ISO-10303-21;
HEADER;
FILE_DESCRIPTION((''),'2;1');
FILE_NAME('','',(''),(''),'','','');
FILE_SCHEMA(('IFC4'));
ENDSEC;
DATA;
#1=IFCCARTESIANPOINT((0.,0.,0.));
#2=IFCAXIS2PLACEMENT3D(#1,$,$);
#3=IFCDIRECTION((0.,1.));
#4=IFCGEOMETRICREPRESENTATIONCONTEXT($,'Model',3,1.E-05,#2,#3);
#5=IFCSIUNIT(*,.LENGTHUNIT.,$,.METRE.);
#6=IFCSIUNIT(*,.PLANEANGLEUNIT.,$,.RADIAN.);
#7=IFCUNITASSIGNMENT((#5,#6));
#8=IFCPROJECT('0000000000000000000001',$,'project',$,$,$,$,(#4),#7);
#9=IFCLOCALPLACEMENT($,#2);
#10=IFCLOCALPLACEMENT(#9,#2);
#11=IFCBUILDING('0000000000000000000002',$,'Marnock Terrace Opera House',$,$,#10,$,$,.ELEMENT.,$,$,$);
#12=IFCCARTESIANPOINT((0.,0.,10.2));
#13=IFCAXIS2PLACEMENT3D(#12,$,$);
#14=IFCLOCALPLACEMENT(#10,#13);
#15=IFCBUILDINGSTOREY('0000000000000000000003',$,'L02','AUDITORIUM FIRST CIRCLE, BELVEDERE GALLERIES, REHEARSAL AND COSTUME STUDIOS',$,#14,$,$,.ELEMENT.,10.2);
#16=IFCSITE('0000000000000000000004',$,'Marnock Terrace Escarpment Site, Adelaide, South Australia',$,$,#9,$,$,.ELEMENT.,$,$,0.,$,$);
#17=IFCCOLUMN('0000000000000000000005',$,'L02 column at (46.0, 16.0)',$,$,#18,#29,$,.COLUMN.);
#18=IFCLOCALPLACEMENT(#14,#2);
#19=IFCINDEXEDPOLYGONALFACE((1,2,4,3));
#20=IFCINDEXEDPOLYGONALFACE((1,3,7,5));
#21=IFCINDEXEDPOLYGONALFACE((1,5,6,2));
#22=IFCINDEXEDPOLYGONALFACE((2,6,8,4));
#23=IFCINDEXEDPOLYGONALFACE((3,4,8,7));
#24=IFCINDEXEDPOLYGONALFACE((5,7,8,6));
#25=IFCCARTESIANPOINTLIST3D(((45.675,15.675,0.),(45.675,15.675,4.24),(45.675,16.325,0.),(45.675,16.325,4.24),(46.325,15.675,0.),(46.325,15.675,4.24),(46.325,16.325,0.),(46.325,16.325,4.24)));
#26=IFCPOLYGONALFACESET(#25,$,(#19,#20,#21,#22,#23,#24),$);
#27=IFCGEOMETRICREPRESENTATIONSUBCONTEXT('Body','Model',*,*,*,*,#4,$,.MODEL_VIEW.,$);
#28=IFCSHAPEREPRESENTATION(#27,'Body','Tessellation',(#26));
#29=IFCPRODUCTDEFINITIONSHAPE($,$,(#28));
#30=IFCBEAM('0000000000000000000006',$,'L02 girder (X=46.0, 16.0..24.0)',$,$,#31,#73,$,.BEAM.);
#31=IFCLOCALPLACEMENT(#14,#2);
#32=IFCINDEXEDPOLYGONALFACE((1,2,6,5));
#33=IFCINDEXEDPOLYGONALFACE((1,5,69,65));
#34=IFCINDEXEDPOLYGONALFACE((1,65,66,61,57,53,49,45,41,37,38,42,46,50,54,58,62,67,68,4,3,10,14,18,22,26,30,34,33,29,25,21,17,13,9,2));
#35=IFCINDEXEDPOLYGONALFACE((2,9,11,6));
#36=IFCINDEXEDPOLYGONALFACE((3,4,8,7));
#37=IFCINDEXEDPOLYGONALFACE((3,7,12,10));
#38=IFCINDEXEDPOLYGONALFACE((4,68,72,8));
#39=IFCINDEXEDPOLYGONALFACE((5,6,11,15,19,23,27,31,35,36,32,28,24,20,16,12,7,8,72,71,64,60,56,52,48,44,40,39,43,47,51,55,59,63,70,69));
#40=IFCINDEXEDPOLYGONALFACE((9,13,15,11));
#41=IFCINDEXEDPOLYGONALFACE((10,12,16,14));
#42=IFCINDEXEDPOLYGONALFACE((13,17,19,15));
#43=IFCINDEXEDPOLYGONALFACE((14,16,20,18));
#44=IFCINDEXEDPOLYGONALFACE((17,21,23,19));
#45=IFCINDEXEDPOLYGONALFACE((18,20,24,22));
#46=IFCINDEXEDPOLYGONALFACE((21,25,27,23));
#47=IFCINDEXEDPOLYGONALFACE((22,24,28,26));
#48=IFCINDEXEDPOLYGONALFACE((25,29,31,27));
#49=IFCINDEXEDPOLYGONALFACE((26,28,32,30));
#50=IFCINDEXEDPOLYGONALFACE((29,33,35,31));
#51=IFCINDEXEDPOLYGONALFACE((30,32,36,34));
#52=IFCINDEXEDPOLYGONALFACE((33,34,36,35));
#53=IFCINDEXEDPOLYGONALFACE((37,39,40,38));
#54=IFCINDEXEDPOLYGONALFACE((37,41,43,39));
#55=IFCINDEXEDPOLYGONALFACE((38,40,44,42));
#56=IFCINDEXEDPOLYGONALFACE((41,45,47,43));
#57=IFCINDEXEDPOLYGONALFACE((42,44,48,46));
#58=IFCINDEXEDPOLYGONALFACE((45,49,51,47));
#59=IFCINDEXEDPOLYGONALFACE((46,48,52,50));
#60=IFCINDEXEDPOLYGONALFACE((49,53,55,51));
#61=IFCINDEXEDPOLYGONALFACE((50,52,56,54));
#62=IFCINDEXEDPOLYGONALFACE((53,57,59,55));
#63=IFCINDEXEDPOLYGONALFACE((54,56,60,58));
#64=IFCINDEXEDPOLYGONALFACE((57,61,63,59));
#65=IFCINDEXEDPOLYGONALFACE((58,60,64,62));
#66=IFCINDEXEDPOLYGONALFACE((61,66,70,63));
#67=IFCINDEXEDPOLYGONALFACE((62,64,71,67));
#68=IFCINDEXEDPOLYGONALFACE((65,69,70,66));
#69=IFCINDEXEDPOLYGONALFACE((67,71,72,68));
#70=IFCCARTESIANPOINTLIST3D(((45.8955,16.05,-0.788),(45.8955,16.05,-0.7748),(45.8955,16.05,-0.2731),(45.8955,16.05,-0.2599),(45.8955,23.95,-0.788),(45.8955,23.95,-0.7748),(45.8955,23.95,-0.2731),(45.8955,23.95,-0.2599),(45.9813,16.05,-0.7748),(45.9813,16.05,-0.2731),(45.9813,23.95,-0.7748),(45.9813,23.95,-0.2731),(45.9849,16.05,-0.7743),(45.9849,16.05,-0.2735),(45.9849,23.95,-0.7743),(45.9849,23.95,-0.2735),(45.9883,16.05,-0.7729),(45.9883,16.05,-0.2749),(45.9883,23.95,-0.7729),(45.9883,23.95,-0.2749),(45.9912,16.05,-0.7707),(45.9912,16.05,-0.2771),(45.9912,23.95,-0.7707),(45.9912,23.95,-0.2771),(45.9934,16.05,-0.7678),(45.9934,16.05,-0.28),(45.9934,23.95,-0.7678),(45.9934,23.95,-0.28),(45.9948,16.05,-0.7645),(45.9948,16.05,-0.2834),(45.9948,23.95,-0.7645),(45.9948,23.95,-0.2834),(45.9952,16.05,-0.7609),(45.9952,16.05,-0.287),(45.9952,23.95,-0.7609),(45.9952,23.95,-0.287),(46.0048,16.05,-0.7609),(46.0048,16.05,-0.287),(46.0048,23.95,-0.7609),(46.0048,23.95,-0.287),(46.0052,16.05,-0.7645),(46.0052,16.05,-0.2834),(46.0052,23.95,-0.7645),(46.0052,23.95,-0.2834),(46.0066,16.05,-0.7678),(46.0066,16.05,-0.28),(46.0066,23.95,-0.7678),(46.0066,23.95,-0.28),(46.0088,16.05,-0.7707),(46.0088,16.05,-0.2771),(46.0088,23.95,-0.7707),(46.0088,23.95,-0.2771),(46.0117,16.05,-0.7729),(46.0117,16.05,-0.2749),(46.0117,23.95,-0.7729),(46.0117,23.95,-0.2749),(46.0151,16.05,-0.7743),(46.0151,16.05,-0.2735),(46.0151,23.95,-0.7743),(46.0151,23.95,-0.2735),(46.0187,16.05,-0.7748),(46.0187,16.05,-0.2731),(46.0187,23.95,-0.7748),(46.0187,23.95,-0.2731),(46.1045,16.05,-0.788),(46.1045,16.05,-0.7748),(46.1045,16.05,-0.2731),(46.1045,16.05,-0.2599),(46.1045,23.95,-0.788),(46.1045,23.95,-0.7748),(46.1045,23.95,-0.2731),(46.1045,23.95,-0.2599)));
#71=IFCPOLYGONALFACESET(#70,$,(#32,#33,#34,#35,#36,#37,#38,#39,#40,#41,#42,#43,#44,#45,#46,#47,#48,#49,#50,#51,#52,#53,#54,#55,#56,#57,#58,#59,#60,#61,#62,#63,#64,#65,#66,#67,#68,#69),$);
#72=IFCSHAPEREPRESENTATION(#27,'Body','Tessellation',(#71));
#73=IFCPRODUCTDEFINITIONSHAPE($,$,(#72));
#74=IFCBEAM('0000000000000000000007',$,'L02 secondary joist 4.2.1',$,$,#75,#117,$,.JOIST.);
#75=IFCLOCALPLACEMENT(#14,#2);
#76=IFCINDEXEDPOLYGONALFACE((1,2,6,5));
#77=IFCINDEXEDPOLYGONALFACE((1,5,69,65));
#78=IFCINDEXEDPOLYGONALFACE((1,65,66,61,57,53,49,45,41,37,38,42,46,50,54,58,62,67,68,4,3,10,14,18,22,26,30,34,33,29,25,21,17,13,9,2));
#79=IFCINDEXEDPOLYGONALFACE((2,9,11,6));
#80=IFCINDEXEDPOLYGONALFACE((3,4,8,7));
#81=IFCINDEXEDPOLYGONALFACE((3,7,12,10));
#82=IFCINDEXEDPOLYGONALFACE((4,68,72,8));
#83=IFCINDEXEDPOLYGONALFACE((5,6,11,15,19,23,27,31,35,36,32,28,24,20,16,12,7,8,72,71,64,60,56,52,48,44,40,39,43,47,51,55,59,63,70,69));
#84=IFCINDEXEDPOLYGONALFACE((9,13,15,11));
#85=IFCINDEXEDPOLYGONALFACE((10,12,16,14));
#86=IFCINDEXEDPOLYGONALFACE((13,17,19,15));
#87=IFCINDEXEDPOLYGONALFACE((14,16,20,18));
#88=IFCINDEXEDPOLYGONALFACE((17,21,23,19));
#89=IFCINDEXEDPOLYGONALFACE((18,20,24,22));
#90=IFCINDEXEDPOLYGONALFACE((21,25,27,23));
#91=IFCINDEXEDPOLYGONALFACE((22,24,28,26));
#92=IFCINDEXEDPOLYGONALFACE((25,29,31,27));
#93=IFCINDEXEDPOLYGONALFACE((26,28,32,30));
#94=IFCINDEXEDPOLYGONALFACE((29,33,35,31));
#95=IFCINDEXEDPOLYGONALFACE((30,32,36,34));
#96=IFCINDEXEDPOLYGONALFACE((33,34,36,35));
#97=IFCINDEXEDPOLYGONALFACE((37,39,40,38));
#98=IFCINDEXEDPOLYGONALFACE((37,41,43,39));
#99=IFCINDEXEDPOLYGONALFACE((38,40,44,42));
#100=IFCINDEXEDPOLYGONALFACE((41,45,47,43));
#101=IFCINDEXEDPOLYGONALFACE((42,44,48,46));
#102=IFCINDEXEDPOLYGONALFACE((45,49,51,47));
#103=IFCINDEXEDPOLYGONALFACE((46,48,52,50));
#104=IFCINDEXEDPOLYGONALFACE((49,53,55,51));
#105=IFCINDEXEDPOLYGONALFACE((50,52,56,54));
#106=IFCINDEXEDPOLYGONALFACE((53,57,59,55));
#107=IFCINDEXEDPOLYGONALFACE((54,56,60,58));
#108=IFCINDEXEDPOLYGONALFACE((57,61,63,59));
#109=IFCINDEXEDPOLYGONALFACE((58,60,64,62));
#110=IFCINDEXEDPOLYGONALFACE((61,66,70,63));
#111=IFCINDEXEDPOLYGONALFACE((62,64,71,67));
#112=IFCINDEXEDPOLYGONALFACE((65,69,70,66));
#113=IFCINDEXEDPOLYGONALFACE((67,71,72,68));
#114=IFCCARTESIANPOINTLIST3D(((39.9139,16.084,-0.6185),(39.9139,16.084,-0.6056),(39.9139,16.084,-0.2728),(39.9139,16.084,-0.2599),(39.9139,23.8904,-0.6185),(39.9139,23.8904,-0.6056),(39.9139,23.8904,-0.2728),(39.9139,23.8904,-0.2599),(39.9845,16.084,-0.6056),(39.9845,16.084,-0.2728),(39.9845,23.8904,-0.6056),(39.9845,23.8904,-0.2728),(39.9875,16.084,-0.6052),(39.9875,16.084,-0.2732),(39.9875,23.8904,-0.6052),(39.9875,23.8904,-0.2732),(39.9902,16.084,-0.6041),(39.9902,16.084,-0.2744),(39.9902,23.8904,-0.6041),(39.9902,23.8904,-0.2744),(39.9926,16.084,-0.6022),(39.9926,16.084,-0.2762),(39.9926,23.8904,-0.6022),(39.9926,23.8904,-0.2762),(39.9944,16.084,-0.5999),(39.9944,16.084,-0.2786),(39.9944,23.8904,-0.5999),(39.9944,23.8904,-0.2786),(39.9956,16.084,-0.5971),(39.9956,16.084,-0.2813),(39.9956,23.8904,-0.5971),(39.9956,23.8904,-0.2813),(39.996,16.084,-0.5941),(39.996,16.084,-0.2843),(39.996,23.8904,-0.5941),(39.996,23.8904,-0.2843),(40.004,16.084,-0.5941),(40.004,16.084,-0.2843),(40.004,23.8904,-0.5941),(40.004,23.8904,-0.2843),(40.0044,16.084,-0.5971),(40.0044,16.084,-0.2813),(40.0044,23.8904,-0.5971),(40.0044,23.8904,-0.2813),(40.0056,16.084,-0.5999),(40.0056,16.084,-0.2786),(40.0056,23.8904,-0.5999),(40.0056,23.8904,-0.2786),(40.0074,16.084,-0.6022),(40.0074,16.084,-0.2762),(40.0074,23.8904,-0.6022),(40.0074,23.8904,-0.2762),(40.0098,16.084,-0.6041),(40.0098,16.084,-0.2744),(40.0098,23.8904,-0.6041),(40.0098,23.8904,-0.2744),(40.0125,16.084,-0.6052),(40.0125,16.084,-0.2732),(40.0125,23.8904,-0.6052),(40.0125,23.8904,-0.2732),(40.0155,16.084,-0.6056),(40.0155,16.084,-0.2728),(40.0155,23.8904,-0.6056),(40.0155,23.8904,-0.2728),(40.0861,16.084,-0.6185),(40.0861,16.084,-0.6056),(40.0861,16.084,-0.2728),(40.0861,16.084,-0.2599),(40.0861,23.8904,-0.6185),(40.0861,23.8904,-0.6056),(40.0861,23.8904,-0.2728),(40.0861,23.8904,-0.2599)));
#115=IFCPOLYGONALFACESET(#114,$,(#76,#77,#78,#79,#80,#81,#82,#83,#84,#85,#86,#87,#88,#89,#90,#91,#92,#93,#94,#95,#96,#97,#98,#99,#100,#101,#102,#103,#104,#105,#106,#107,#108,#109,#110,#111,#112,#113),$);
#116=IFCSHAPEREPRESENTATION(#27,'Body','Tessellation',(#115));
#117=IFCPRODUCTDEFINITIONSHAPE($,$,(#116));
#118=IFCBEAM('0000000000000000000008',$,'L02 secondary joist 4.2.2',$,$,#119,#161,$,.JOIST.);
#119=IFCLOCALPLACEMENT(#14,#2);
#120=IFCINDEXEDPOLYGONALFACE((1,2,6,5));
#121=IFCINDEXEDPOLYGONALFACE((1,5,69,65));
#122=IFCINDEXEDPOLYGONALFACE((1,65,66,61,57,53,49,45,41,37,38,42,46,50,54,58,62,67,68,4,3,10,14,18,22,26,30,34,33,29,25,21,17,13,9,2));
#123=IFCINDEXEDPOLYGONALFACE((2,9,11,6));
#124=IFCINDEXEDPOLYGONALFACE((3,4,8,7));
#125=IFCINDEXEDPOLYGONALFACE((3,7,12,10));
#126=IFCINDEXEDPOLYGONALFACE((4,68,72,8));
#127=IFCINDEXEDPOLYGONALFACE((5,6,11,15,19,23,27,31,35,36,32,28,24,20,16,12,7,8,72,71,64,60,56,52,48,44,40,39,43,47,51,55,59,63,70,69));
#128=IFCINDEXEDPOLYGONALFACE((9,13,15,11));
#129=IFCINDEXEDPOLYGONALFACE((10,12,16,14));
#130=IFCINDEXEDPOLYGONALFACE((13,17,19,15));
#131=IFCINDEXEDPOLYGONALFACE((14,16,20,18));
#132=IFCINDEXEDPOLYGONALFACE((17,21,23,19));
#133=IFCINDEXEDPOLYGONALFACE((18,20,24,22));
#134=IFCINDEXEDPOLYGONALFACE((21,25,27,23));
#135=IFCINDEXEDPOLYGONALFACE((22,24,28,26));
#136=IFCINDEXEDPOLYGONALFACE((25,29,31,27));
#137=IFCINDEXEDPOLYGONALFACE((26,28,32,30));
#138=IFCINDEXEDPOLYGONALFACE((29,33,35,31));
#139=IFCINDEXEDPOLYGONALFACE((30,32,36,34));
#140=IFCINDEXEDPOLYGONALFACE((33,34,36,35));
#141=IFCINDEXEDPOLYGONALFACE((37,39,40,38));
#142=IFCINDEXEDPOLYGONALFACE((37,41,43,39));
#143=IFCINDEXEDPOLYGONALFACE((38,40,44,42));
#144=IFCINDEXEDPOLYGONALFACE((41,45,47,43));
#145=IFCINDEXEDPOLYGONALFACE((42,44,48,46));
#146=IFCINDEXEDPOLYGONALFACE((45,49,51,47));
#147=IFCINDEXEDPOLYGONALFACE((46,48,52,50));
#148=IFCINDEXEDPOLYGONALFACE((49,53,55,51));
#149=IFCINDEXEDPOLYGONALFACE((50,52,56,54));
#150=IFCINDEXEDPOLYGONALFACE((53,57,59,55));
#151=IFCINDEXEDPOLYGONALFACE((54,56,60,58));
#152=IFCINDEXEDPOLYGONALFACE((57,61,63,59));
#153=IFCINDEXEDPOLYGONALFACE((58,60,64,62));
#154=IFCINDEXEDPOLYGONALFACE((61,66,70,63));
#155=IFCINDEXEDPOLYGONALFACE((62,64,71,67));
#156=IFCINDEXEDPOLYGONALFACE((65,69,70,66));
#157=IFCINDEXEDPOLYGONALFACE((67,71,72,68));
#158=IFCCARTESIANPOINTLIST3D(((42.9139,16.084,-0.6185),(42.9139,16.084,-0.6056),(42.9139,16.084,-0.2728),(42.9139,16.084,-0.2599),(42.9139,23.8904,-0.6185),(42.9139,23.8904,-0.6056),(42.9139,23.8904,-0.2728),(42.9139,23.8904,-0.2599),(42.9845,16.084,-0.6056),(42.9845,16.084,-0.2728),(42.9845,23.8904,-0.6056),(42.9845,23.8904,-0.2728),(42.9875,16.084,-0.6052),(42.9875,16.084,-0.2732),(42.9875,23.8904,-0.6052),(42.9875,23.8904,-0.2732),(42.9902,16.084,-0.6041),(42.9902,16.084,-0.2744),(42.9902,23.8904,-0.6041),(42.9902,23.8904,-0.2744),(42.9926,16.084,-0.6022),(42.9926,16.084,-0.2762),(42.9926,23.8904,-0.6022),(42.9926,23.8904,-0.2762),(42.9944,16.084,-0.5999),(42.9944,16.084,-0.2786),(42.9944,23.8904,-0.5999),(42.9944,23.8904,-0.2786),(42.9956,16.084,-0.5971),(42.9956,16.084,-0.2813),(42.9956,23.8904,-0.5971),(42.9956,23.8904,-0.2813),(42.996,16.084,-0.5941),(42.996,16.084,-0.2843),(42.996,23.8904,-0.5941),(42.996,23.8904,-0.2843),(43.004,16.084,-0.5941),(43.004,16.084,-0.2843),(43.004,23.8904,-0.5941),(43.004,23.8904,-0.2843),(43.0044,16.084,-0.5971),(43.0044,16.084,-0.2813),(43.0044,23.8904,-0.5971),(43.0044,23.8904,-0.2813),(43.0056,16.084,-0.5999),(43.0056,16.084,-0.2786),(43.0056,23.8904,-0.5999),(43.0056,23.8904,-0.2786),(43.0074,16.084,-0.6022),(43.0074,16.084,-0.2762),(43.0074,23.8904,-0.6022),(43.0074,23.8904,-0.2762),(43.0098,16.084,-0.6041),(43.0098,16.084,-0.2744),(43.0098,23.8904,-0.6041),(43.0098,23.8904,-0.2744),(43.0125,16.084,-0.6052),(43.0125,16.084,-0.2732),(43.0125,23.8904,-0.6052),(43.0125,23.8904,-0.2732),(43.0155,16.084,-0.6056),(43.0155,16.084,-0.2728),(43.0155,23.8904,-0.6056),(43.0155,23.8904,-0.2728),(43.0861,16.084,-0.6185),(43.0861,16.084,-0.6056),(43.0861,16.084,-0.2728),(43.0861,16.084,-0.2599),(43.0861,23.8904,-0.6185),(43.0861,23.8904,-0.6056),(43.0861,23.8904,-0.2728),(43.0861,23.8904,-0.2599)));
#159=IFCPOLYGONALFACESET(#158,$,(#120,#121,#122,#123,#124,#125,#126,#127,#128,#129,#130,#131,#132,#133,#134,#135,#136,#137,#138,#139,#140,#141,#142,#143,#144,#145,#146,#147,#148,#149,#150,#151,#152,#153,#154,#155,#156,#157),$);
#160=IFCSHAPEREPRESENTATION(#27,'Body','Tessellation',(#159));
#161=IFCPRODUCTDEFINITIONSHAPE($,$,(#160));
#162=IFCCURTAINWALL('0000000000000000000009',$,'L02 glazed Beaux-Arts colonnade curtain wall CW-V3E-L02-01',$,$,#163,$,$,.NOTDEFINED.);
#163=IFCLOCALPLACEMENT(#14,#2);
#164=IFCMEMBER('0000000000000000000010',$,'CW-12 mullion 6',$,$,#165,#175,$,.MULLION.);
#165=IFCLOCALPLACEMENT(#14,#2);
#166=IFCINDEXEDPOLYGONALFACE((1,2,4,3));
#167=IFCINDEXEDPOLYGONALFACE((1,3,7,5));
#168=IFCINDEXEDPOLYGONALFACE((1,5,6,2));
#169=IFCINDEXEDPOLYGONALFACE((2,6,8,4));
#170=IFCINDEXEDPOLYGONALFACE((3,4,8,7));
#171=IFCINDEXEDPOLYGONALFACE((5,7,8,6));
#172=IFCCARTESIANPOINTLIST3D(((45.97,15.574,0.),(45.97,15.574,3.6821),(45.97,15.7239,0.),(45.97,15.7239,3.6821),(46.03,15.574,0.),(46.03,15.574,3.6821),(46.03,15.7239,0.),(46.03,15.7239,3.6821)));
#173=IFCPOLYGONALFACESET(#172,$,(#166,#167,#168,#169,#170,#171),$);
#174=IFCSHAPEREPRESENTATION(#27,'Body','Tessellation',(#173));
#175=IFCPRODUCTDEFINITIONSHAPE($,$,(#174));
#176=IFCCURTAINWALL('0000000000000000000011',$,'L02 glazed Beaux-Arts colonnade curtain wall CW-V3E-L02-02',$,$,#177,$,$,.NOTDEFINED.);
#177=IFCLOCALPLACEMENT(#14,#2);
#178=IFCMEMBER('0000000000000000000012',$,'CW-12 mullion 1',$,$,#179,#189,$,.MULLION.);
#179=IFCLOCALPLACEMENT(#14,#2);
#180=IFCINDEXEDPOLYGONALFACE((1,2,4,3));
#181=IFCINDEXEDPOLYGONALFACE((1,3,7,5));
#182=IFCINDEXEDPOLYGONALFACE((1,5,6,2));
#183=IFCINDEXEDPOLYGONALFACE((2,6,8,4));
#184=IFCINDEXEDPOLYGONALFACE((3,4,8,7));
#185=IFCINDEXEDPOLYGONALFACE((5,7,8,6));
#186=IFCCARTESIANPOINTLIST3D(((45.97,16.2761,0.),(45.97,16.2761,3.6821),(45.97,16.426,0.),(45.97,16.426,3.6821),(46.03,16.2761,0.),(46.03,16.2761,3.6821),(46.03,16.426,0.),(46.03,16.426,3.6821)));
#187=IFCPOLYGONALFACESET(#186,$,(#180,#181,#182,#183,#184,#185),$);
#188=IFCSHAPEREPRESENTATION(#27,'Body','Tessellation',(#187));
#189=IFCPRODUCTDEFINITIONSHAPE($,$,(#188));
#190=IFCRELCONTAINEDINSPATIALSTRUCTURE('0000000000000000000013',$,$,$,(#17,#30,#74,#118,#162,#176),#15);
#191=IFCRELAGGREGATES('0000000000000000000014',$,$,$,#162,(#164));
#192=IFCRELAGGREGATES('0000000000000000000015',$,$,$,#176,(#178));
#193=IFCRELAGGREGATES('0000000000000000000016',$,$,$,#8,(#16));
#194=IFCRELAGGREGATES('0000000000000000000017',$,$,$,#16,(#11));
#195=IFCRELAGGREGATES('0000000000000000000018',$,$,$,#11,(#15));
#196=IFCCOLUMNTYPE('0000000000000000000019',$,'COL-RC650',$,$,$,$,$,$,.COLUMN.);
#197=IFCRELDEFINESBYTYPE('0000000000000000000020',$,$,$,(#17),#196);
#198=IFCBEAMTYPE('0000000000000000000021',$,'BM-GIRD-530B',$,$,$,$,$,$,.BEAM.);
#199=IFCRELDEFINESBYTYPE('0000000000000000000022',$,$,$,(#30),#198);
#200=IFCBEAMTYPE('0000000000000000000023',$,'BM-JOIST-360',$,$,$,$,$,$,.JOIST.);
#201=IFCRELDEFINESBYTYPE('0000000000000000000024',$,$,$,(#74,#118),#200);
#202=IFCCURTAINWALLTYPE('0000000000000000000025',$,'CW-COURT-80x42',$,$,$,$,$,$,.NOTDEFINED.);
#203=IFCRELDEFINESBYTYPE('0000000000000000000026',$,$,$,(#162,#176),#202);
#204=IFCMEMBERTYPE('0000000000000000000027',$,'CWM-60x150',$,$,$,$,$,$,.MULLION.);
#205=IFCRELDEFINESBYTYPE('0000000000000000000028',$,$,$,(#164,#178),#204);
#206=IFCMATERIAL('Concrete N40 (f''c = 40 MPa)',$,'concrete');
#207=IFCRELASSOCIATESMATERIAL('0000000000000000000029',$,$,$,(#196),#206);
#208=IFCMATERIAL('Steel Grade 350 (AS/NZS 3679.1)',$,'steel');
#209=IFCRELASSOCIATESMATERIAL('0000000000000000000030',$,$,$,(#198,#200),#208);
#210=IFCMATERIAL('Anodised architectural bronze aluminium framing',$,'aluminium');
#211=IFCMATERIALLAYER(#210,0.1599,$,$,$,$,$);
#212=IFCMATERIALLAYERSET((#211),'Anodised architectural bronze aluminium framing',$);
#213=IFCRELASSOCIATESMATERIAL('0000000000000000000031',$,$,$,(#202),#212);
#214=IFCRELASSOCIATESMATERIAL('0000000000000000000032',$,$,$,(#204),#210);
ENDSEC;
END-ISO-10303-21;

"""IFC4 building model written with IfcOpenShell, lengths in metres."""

from ifc_helpers import new_model, si_unit, direction, frame, origin, origin_2d, place, context, subcontext, project, spatial, rectangle, i_section, extrude, material, layer, layer_set, material_profile, profile_set, type_object, element, aggregate, save


model = new_model("IFC4")

# Units and contexts
model_context = context("Model", 3, precision=1e-05, world=origin(), true_north=direction((0.0, 1.0)))
body_context = subcontext(model_context, "Body", "Model", "MODEL_VIEW")
ifc_project = project(units=[si_unit("LENGTHUNIT", "METRE"), si_unit("PLANEANGLEUNIT", "RADIAN")], contexts=[model_context])

# Site, building, storey
site_placement = place(None, origin())
site = spatial("IfcSite", under=ifc_project, at=site_placement, Name="Marnock Terrace Escarpment Site, Adelaide, South Australia", CompositionType="ELEMENT", RefElevation=0.0)
building_placement = place(site_placement, origin())
building = spatial("IfcBuilding", under=site, at=building_placement, Name="Marnock Terrace Opera House", CompositionType="ELEMENT")
storey_placement = place(building_placement, frame((0.0, 0.0, 10.2)))
storey = spatial("IfcBuildingStorey", under=building, at=storey_placement, Name="L02", Description="AUDITORIUM FIRST CIRCLE, BELVEDERE GALLERIES, REHEARSAL AND COSTUME STUDIOS", CompositionType="ELEMENT", Elevation=10.2)

# Column
ifc_material_1 = material(Name="Concrete N40 (f'c = 40 MPa)", Category="concrete")
ifc_material_profile_1 = material_profile(ifc_material_1, rectangle(XDim=0.6499, YDim=0.6499, at=origin_2d()))
ifc_profile_set_1 = profile_set([ifc_material_profile_1], Name="Concrete N40 (f'c = 40 MPa)")
column_type = type_object("IfcColumnType", Name="COL-RC650", PredefinedType="COLUMN", material=ifc_profile_set_1)
column_placement = place(storey_placement, frame((46.0, 16.0, 0.0), z_axis=(0.0, 0.0, 1.0), x_axis=(1.0, 0.0, 0.0)))
element("IfcColumn", 1, at=column_placement, inside=storey, type_object=column_type, Name="L02 column at (46.0, 16.0)", PredefinedType="COLUMN", context=body_context, shape_type="SweptSolid", body=[
    extrude(rectangle(XDim=0.6499, YDim=0.6499, at=origin_2d()), origin(), (0.0, 0.0, 1.0), 4.24),
])

# Beams
ifc_material_2 = material(Name="Steel Grade 350 (AS/NZS 3679.1)", Category="steel")
ifc_material_profile_2 = material_profile(ifc_material_2, i_section(OverallWidth=0.209, OverallDepth=0.5281, WebThickness=0.0095, FlangeThickness=0.0132, FilletRadius=0.0139, at=origin_2d()))
ifc_profile_set_2 = profile_set([ifc_material_profile_2], Name="Steel Grade 350 (AS/NZS 3679.1)")
beam_type_1 = type_object("IfcBeamType", Name="BM-GIRD-530B", PredefinedType="BEAM", material=ifc_profile_set_2)
beam_placement = place(storey_placement, frame((46.0, 16.05, -0.5239), z_axis=(0.0, 1.0, 0.0), x_axis=(-1.0, 0.0, 0.0)))
element("IfcBeam", 2, at=beam_placement, inside=storey, type_object=beam_type_1, Name="L02 girder (X=46.0, 16.0..24.0)", PredefinedType="BEAM", context=body_context, shape_type="SweptSolid", body=[
    extrude(i_section(OverallWidth=0.209, OverallDepth=0.5281, WebThickness=0.0095, FlangeThickness=0.0132, FilletRadius=0.0139, at=origin_2d()), origin(), (0.0, 0.0, 1.0), 7.8999),
])
ifc_material_profile_3 = material_profile(ifc_material_2, i_section(OverallWidth=0.1721, OverallDepth=0.3586, WebThickness=0.0081, FlangeThickness=0.0129, FilletRadius=0.0115, at=origin_2d()))
ifc_profile_set_3 = profile_set([ifc_material_profile_3], Name="Steel Grade 350 (AS/NZS 3679.1)")
beam_type_2 = type_object("IfcBeamType", Name="BM-JOIST-360", PredefinedType="JOIST", material=ifc_profile_set_3)
for number, where, z_axis, x_axis, name in (
    (3, (40.0, 16.084, -0.4392), (0.0, 1.0, 0.0), (-1.0, 0.0, 0.0), "L02 secondary joist 4.2.1"),
    (4, (43.0, 16.084, -0.4392), (0.0, 1.0, 0.0), (-1.0, 0.0, 0.0), "L02 secondary joist 4.2.2"),
):
    element("IfcBeam", number, at=place(storey_placement, frame(where, z_axis=z_axis, x_axis=x_axis)), inside=storey, type_object=beam_type_2, Name=name, PredefinedType="JOIST", context=body_context, shape_type="SweptSolid", body=[
        extrude(i_section(OverallWidth=0.1721, OverallDepth=0.3586, WebThickness=0.0081, FlangeThickness=0.0129, FilletRadius=0.0115, at=origin_2d()), origin(), (0.0, 0.0, 1.0), 7.8064),
    ])

# Curtain wall, member
ifc_material_3 = material(Name="Anodised architectural bronze aluminium framing", Category="aluminium")
ifc_layer_1 = layer(ifc_material_3, 0.1599)
ifc_layer_set_1 = layer_set([ifc_layer_1], Name="Anodised architectural bronze aluminium framing")
curtain_wall_type = type_object("IfcCurtainWallType", Name="CW-COURT-80x42", PredefinedType="NOTDEFINED", material=ifc_layer_set_1)
curtain_wall_1_placement = place(storey_placement, origin())
curtain_wall_1 = element("IfcCurtainWall", 5, at=curtain_wall_1_placement, inside=storey, type_object=curtain_wall_type, Name="L02 glazed Beaux-Arts colonnade curtain wall CW-V3E-L02-01", PredefinedType="NOTDEFINED")
ifc_material_profile_4 = material_profile(ifc_material_3, rectangle(XDim=0.0601, YDim=0.1499, at=origin_2d()))
ifc_profile_set_4 = profile_set([ifc_material_profile_4], Name="Anodised architectural bronze aluminium framing")
member_type_1 = type_object("IfcMemberType", Name="CWM-60x150", PredefinedType="MULLION", material=ifc_profile_set_4)
member_1_placement = place(storey_placement, frame((46.0, 15.6489, 0.0), z_axis=(0.0, 0.0, 1.0), x_axis=(-1.0, 0.0, 0.0)))
member_1 = element("IfcMember", 6, at=member_1_placement, type_object=member_type_1, Name="CW-12 mullion 6", PredefinedType="MULLION", context=body_context, shape_type="SweptSolid", body=[
    extrude(rectangle(XDim=0.0601, YDim=0.1499, at=origin_2d()), origin(), (0.0, 0.0, 1.0), 3.6821),
])
aggregate(curtain_wall_1, [member_1])

# Curtain wall, member
curtain_wall_2_placement = place(storey_placement, origin())
curtain_wall_2 = element("IfcCurtainWall", 7, at=curtain_wall_2_placement, inside=storey, type_object=curtain_wall_type, Name="L02 glazed Beaux-Arts colonnade curtain wall CW-V3E-L02-02", PredefinedType="NOTDEFINED")
member_2_placement = place(storey_placement, frame((46.0, 16.3511, 0.0), z_axis=(0.0, 0.0, 1.0), x_axis=(-1.0, 0.0, 0.0)))
member_2 = element("IfcMember", 8, at=member_2_placement, type_object=member_type_1, Name="CW-12 mullion 1", PredefinedType="MULLION", context=body_context, shape_type="SweptSolid", body=[
    extrude(rectangle(XDim=0.0601, YDim=0.1499, at=origin_2d()), origin(), (0.0, 0.0, 1.0), 3.6821),
])
aggregate(curtain_wall_2, [member_2])

save(model, "model.ifc")
